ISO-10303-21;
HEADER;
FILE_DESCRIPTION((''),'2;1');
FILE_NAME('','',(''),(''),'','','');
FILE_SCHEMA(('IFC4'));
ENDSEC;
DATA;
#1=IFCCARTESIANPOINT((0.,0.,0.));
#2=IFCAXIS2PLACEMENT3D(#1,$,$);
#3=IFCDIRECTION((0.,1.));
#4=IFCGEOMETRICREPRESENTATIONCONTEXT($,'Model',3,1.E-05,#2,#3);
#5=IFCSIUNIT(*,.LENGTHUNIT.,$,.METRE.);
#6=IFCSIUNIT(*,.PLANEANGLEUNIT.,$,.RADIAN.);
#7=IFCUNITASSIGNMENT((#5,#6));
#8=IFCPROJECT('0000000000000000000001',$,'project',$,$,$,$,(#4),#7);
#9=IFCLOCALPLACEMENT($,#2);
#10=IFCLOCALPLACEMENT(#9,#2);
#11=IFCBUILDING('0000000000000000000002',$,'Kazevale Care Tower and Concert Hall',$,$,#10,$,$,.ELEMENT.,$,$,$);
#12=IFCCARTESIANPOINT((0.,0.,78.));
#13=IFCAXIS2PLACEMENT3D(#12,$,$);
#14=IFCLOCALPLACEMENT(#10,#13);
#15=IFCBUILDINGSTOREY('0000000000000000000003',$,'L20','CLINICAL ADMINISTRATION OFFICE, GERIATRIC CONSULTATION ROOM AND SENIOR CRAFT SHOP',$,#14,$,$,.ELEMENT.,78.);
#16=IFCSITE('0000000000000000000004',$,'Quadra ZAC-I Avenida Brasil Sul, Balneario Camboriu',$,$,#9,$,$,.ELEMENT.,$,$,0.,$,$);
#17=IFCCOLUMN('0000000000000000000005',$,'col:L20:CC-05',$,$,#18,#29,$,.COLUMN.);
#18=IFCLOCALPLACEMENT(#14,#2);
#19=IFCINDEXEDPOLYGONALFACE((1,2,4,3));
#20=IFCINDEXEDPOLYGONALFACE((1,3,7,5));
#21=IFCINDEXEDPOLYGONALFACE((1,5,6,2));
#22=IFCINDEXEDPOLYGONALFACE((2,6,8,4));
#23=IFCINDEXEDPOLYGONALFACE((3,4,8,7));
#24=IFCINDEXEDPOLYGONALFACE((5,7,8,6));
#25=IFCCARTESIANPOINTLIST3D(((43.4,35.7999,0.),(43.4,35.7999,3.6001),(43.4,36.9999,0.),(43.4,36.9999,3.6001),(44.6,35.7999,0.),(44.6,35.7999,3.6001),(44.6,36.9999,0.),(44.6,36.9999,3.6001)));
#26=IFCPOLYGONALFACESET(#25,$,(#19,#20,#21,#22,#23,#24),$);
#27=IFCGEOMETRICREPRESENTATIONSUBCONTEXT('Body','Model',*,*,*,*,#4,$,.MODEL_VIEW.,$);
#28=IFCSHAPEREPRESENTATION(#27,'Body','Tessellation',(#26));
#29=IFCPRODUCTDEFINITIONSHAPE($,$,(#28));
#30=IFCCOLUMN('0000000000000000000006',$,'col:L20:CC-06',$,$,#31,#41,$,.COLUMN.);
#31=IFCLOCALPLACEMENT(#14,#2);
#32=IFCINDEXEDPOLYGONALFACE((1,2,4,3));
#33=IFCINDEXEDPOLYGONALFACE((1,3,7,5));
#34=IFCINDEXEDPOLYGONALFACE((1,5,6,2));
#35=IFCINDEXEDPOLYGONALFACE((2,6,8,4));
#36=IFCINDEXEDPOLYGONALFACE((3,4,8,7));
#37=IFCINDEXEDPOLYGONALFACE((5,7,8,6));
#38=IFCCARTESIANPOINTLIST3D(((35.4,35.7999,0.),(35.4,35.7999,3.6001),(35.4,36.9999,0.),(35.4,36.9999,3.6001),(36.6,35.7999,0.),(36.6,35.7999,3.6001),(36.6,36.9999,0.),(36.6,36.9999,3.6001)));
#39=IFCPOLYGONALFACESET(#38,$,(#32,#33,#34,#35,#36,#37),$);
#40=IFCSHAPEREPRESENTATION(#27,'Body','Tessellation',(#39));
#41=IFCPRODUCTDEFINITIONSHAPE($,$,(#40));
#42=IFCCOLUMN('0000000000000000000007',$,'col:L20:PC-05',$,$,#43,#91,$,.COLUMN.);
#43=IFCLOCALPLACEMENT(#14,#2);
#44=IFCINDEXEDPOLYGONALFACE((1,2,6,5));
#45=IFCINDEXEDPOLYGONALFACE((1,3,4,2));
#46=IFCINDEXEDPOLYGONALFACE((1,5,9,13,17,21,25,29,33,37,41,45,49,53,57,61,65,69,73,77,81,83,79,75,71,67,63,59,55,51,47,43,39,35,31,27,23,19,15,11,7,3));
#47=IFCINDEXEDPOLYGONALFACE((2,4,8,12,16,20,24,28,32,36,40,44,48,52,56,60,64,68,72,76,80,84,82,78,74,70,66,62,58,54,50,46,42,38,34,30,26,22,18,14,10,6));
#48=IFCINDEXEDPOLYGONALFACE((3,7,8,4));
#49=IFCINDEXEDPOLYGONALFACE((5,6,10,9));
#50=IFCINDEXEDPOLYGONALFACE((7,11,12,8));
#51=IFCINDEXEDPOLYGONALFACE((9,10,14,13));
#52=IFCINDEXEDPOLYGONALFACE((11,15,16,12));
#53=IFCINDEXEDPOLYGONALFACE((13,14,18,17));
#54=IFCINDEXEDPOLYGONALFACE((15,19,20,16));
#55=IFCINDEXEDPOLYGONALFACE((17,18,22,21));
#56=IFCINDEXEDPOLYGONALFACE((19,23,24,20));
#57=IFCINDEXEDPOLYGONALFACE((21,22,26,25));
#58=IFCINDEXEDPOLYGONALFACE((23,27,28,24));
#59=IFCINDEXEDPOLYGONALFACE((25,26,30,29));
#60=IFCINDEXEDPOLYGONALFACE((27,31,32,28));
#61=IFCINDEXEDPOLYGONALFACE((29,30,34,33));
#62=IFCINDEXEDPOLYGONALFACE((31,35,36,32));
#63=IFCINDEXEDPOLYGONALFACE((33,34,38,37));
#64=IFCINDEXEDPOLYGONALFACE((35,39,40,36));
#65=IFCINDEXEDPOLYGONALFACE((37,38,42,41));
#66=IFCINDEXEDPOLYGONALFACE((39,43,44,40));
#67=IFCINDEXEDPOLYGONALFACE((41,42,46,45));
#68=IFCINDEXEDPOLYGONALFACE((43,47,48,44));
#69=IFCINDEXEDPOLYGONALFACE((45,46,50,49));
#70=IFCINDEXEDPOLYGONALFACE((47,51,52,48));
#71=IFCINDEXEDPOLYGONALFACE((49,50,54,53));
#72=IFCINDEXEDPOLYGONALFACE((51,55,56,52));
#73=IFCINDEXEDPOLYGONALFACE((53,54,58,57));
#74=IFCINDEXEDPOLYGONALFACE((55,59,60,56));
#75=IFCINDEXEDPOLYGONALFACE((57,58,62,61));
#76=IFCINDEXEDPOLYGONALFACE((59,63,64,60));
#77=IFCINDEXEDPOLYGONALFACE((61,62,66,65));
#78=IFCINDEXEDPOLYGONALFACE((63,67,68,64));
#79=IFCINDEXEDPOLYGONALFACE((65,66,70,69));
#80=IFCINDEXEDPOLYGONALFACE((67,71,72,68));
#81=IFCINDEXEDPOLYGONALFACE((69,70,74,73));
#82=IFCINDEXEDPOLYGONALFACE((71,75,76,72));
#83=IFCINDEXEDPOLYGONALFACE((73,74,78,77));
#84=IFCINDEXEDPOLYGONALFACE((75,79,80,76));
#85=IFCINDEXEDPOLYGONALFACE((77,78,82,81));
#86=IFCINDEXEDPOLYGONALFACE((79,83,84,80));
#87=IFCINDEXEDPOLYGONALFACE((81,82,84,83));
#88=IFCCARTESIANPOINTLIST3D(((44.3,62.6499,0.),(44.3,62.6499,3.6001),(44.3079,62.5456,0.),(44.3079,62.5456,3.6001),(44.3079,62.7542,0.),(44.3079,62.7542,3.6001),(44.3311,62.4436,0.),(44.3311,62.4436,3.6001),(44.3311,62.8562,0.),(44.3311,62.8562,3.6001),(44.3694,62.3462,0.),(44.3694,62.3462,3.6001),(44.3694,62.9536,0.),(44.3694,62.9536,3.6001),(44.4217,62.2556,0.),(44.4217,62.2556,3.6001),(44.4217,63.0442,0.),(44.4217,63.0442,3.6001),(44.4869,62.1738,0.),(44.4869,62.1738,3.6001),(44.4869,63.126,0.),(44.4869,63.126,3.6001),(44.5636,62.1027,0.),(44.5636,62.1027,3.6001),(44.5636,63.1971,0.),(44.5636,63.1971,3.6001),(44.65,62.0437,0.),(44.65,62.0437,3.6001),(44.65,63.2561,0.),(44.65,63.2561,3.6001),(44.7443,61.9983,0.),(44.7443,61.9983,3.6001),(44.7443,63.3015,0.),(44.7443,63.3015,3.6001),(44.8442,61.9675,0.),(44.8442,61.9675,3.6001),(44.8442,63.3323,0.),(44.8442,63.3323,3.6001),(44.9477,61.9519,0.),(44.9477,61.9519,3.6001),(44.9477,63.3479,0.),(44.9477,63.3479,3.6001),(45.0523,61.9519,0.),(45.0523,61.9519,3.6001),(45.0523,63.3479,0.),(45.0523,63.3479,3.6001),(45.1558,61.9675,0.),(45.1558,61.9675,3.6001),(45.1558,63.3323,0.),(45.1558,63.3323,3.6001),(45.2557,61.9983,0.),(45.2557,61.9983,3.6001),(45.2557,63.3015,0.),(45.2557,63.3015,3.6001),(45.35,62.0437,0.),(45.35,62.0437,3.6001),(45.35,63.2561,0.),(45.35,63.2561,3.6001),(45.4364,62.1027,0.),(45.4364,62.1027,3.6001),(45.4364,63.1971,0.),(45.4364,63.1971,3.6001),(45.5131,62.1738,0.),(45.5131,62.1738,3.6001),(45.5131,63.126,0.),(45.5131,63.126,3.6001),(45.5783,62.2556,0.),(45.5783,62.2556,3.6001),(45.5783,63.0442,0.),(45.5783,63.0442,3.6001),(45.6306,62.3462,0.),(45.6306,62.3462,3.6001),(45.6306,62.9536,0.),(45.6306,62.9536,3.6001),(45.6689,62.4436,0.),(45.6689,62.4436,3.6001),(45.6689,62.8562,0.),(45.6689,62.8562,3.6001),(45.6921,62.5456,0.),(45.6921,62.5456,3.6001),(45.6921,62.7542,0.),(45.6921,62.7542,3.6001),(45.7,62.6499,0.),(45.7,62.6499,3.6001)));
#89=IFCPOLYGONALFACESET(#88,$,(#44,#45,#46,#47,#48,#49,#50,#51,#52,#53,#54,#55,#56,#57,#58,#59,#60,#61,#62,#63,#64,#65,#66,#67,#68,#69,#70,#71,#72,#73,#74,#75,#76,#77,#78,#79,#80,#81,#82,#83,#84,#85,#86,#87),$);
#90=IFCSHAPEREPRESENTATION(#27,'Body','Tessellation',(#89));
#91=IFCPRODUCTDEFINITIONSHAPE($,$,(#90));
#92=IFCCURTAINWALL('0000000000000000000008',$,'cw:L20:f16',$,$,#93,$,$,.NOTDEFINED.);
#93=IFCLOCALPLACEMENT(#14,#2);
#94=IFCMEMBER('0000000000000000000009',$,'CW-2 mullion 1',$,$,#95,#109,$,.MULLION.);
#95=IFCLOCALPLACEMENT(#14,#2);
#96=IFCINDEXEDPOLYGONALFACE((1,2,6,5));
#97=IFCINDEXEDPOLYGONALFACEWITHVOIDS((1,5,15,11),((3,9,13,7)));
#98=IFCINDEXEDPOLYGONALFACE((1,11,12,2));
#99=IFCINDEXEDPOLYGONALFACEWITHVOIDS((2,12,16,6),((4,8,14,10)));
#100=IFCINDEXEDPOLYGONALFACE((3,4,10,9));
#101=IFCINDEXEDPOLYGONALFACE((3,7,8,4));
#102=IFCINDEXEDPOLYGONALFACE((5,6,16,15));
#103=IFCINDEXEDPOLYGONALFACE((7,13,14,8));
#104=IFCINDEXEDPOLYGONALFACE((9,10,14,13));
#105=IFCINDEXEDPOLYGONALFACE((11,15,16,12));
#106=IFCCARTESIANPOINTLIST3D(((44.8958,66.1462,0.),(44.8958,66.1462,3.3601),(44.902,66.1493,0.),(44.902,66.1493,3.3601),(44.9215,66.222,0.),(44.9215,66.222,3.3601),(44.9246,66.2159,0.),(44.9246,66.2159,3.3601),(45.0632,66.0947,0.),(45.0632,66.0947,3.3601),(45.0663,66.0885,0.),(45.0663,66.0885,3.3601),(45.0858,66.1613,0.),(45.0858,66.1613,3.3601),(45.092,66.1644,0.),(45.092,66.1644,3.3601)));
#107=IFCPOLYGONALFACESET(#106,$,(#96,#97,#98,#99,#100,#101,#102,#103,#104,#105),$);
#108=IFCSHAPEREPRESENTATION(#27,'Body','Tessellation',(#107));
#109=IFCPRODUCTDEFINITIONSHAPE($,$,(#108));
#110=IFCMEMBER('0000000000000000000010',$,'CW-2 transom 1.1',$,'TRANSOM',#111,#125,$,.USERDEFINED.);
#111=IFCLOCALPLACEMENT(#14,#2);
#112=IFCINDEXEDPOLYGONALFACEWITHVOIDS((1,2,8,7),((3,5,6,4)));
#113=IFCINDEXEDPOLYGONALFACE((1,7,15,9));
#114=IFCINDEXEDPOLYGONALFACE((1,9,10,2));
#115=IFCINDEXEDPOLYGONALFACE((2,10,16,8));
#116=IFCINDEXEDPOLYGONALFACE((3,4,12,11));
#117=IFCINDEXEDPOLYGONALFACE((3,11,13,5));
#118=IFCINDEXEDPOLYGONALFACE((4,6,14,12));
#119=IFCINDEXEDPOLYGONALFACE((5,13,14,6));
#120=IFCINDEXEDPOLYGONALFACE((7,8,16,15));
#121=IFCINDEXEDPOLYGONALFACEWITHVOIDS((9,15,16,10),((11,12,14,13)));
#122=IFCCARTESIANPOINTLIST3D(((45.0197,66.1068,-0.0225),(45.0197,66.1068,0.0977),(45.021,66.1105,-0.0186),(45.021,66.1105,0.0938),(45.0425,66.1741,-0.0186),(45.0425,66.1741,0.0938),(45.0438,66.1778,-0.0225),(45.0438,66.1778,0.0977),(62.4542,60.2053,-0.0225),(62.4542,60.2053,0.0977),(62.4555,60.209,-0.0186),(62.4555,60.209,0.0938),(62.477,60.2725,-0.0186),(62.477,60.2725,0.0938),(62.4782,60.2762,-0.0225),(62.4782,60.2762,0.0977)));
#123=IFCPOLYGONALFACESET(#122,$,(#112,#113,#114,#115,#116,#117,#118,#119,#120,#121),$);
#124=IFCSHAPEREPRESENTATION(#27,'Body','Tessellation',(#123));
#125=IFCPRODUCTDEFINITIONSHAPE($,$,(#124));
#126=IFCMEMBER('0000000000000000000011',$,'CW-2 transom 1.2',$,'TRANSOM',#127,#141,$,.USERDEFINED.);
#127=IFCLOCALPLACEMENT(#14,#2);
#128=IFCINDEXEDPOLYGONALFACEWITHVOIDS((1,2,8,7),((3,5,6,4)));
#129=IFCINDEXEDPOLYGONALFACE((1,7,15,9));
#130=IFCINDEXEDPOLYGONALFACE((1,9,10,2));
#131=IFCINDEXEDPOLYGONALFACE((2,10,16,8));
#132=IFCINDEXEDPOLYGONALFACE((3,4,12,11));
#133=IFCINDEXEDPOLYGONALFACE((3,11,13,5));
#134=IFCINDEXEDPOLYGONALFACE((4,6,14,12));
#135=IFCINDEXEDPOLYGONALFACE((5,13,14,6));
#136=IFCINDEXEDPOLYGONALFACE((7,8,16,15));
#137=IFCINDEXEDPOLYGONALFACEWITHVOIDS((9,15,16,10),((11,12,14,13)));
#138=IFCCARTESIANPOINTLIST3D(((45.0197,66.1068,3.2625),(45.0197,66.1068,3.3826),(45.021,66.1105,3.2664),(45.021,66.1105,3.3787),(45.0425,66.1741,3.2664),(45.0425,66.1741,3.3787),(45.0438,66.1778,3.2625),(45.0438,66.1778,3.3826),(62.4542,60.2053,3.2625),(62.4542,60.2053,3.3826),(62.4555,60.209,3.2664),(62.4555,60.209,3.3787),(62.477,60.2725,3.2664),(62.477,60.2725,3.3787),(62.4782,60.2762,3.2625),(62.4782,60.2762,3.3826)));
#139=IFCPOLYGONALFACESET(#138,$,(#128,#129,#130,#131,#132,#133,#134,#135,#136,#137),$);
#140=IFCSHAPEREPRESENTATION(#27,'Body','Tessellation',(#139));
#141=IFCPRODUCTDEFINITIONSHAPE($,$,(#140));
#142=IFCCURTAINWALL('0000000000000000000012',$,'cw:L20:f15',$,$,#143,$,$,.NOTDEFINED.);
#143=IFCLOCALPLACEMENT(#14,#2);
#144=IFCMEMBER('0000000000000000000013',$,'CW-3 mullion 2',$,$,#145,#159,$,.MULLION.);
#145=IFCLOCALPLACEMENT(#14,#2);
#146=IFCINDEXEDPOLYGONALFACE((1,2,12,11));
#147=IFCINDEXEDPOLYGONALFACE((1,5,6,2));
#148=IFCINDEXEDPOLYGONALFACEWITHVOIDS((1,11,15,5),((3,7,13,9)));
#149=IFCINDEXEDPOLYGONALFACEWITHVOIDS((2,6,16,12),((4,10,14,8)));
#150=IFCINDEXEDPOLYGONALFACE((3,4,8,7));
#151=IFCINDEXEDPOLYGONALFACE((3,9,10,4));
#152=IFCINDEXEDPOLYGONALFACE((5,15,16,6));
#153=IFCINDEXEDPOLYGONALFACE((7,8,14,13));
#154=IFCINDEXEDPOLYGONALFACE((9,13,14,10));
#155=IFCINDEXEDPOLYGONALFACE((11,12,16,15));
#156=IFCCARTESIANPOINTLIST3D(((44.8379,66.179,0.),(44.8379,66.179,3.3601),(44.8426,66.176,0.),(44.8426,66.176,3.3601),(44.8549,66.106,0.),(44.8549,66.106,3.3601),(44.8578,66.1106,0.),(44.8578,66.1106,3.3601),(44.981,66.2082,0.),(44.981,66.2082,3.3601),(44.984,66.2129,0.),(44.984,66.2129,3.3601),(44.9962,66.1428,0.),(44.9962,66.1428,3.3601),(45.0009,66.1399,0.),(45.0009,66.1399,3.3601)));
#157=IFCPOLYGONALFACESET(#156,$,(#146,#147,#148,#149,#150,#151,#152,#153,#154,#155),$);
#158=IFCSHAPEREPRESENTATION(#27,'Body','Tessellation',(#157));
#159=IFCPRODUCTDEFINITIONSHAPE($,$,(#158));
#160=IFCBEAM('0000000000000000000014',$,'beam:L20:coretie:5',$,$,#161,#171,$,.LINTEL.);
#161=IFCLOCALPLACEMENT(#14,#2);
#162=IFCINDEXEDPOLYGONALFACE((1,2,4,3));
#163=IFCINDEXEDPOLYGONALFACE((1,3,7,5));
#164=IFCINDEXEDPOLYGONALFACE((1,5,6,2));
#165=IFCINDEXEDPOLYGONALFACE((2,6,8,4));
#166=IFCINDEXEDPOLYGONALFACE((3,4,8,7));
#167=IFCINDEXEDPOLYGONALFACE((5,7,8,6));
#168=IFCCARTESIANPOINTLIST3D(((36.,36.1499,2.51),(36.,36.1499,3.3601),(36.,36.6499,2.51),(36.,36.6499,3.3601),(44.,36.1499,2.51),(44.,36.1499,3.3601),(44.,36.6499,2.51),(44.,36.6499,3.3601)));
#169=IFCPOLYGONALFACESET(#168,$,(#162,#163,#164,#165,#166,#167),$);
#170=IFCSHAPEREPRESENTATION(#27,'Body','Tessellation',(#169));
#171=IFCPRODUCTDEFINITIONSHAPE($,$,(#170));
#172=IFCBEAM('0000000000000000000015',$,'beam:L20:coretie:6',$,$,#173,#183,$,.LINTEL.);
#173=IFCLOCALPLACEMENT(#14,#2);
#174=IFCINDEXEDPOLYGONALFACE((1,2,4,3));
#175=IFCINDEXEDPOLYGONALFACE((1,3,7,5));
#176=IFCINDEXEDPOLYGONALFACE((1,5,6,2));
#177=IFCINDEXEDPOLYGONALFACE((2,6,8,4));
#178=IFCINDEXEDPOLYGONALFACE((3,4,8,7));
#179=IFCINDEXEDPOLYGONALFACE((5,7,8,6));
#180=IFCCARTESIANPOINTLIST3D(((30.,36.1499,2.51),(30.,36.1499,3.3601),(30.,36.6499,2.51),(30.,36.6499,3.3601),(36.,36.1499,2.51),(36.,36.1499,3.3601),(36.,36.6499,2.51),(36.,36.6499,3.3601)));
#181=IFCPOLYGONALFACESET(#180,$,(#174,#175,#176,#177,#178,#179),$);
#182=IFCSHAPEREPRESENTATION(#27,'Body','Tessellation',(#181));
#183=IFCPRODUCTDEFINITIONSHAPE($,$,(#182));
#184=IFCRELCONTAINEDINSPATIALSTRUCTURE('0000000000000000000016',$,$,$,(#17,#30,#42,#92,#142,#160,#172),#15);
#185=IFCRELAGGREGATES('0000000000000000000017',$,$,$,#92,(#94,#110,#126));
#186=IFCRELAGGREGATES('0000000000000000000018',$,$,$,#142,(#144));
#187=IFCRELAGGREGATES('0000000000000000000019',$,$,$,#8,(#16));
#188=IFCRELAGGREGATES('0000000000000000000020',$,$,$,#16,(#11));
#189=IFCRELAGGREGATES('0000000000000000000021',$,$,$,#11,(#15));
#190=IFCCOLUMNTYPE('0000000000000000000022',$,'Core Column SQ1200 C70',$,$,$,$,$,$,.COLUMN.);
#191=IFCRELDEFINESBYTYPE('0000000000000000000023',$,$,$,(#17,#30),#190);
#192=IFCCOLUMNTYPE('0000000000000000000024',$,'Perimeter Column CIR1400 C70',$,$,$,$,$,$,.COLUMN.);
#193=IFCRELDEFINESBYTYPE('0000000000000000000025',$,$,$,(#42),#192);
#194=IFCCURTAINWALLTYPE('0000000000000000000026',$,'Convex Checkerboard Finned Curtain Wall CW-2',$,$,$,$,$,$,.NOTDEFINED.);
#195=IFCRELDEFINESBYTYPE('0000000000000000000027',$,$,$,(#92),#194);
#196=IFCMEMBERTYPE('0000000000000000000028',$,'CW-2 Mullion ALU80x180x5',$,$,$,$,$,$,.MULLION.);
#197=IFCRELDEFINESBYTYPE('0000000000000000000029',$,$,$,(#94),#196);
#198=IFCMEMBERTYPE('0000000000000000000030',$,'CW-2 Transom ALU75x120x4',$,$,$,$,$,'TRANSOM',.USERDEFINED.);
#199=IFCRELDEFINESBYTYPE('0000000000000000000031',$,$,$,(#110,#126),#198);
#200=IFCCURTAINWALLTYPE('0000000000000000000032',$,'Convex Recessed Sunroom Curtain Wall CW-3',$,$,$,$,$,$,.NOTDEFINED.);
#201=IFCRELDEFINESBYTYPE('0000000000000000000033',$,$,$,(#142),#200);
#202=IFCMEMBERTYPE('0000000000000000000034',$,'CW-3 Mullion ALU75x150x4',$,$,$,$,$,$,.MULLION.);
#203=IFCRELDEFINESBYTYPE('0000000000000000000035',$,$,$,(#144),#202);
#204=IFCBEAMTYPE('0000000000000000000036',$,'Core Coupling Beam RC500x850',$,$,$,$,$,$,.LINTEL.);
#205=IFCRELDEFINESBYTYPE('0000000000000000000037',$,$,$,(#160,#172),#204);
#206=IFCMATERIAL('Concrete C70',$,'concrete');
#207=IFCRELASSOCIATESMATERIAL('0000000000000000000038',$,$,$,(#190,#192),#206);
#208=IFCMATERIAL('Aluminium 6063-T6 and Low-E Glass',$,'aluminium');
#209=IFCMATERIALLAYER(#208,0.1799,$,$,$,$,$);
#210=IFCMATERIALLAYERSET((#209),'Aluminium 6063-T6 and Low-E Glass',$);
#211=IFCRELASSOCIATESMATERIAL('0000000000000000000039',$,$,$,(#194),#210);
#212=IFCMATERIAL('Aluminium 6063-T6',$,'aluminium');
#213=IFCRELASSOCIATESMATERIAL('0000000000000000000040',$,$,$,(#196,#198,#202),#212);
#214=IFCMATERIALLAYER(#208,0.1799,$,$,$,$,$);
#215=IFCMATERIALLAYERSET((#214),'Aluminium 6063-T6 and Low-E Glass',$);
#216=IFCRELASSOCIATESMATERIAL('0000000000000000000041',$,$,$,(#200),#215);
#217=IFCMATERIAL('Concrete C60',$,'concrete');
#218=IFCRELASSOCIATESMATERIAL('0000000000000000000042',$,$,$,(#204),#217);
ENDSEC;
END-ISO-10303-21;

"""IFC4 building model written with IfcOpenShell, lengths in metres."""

from ifc_helpers import new_model, si_unit, direction, frame, origin, origin_2d, place, context, subcontext, project, spatial, rectangle, hollow_rectangle, circle, extrude, material, layer, layer_set, material_profile, profile_set, type_object, element, aggregate, save


model = new_model("IFC4")

# Units and contexts
model_context = context("Model", 3, precision=1e-05, world=origin(), true_north=direction((0.0, 1.0)))
body_context = subcontext(model_context, "Body", "Model", "MODEL_VIEW")
ifc_project = project(units=[si_unit("LENGTHUNIT", "METRE"), si_unit("PLANEANGLEUNIT", "RADIAN")], contexts=[model_context])

# Site, building, storey
site_placement = place(None, origin())
site = spatial("IfcSite", under=ifc_project, at=site_placement, Name="Quadra ZAC-I Avenida Brasil Sul, Balneario Camboriu", CompositionType="ELEMENT", RefElevation=0.0)
building_placement = place(site_placement, origin())
building = spatial("IfcBuilding", under=site, at=building_placement, Name="Kazevale Care Tower and Concert Hall", CompositionType="ELEMENT")
storey_placement = place(building_placement, frame((0.0, 0.0, 78.0)))
storey = spatial("IfcBuildingStorey", under=building, at=storey_placement, Name="L20", Description="CLINICAL ADMINISTRATION OFFICE, GERIATRIC CONSULTATION ROOM AND SENIOR CRAFT SHOP", CompositionType="ELEMENT", Elevation=78.0)

# Columns
ifc_material_1 = material(Name="Concrete C70", Category="concrete")
ifc_material_profile_1 = material_profile(ifc_material_1, rectangle(XDim=1.2, YDim=1.2, at=origin_2d()), Name="RC-SQ1200")
ifc_profile_set_1 = profile_set([ifc_material_profile_1], Name="Concrete C70")
column_type_1 = type_object("IfcColumnType", Name="Core Column SQ1200 C70", PredefinedType="COLUMN", material=ifc_profile_set_1)
for number, where, z_axis, x_axis, name in (
    (1, (44.0, 36.3999, 0.0), (0.0, 0.0, 1.0), (1.0, 0.0, 0.0), "col:L20:CC-05"),
    (2, (36.0, 36.3999, 0.0), (0.0, 0.0, 1.0), (1.0, 0.0, 0.0), "col:L20:CC-06"),
):
    element("IfcColumn", number, at=place(storey_placement, frame(where, z_axis=z_axis, x_axis=x_axis)), inside=storey, type_object=column_type_1, Name=name, PredefinedType="COLUMN", context=body_context, shape_type="SweptSolid", body=[
        extrude(rectangle(XDim=1.2, YDim=1.2, at=origin_2d()), origin(), (0.0, 0.0, 1.0), 3.6001),
    ])
ifc_material_profile_2 = material_profile(ifc_material_1, circle(Radius=0.7, at=origin_2d()), Name="RC-CIR1400")
ifc_profile_set_2 = profile_set([ifc_material_profile_2], Name="Concrete C70")
column_type_2 = type_object("IfcColumnType", Name="Perimeter Column CIR1400 C70", PredefinedType="COLUMN", material=ifc_profile_set_2)
column_placement = place(storey_placement, frame((45.0, 62.6499, 0.0), z_axis=(0.0, 0.0, 1.0), x_axis=(1.0, 0.0, 0.0)))
element("IfcColumn", 3, at=column_placement, inside=storey, type_object=column_type_2, Name="col:L20:PC-05", PredefinedType="COLUMN", context=body_context, shape_type="SweptSolid", body=[
    extrude(circle(Radius=0.7, at=origin_2d()), origin(), (0.0, 0.0, 1.0), 3.6001),
])

# Curtain wall, members
ifc_material_2 = material(Name="Aluminium 6063-T6 and Low-E Glass", Category="aluminium")
ifc_layer_1 = layer(ifc_material_2, 0.1799)
ifc_layer_set_1 = layer_set([ifc_layer_1], Name="Aluminium 6063-T6 and Low-E Glass")
curtain_wall_type_1 = type_object("IfcCurtainWallType", Name="Convex Checkerboard Finned Curtain Wall CW-2", PredefinedType="NOTDEFINED", material=ifc_layer_set_1)
curtain_wall_1_placement = place(storey_placement, origin())
curtain_wall_1 = element("IfcCurtainWall", 4, at=curtain_wall_1_placement, inside=storey, type_object=curtain_wall_type_1, Name="cw:L20:f16", PredefinedType="NOTDEFINED")
ifc_material_3 = material(Name="Aluminium 6063-T6", Category="aluminium")
ifc_material_profile_3 = material_profile(ifc_material_3, hollow_rectangle(XDim=0.0801, YDim=0.1799, WallThickness=0.0049, at=origin_2d()), Name="ALU80x180x5")
ifc_profile_set_3 = profile_set([ifc_material_profile_3], Name="Aluminium 6063-T6")
member_type_1 = type_object("IfcMemberType", Name="CW-2 Mullion ALU80x180x5", PredefinedType="MULLION", material=ifc_profile_set_3)
member_1_placement = place(storey_placement, frame((44.9939, 66.1553, 0.0), z_axis=(0.0, 0.0, 1.0), x_axis=(0.320636, 0.947203, 0.0)))
member_1 = element("IfcMember", 5, at=member_1_placement, type_object=member_type_1, Name="CW-2 mullion 1", PredefinedType="MULLION", context=body_context, shape_type="SweptSolid", body=[
    extrude(hollow_rectangle(XDim=0.0801, YDim=0.1799, WallThickness=0.0049, at=origin_2d()), origin(), (0.0, 0.0, 1.0), 3.3601),
])
ifc_material_profile_4 = material_profile(ifc_material_3, hollow_rectangle(XDim=0.075, YDim=0.1201, WallThickness=0.0039, at=origin_2d()), Name="ALU75x120x4")
ifc_profile_set_4 = profile_set([ifc_material_profile_4], Name="Aluminium 6063-T6")
member_type_2 = type_object("IfcMemberType", Name="CW-2 Transom ALU75x120x4", ElementType="TRANSOM", PredefinedType="USERDEFINED", material=ifc_profile_set_4)
member_2_placement = place(storey_placement, frame((45.0317, 66.1423, 0.0376), z_axis=(0.947205, -0.320629, 0.0), x_axis=(0.320629, 0.947205, 0.0)))
member_2 = element("IfcMember", 6, at=member_2_placement, type_object=member_type_2, Name="CW-2 transom 1.1", ObjectType="TRANSOM", PredefinedType="USERDEFINED", context=body_context, shape_type="SweptSolid", body=[
    extrude(hollow_rectangle(XDim=0.075, YDim=0.1201, WallThickness=0.0039, at=origin_2d()), origin(), (0.0, 0.0, 1.0), 18.4062),
])
member_3_placement = place(storey_placement, frame((45.0317, 66.1423, 3.3225), z_axis=(0.947205, -0.320629, 0.0), x_axis=(0.320629, 0.947205, 0.0)))
member_3 = element("IfcMember", 7, at=member_3_placement, type_object=member_type_2, Name="CW-2 transom 1.2", ObjectType="TRANSOM", PredefinedType="USERDEFINED", context=body_context, shape_type="SweptSolid", body=[
    extrude(hollow_rectangle(XDim=0.075, YDim=0.1201, WallThickness=0.0039, at=origin_2d()), origin(), (0.0, 0.0, 1.0), 18.4062),
])
aggregate(curtain_wall_1, [member_1, member_2, member_3])

# Curtain wall, member
ifc_layer_2 = layer(ifc_material_2, 0.1799)
ifc_layer_set_2 = layer_set([ifc_layer_2], Name="Aluminium 6063-T6 and Low-E Glass")
curtain_wall_type_2 = type_object("IfcCurtainWallType", Name="Convex Recessed Sunroom Curtain Wall CW-3", PredefinedType="NOTDEFINED", material=ifc_layer_set_2)
curtain_wall_2_placement = place(storey_placement, origin())
curtain_wall_2 = element("IfcCurtainWall", 8, at=curtain_wall_2_placement, inside=storey, type_object=curtain_wall_type_2, Name="cw:L20:f15", PredefinedType="NOTDEFINED")
ifc_material_profile_5 = material_profile(ifc_material_3, hollow_rectangle(XDim=0.075, YDim=0.1499, WallThickness=0.0039, at=origin_2d()), Name="ALU75x150x4")
ifc_profile_set_5 = profile_set([ifc_material_profile_5], Name="Aluminium 6063-T6")
member_type_3 = type_object("IfcMemberType", Name="CW-3 Mullion ALU75x150x4", PredefinedType="MULLION", material=ifc_profile_set_5)
member_4_placement = place(storey_placement, frame((44.9194, 66.1594, 0.0), z_axis=(0.0, 0.0, 1.0), x_axis=(-0.226287, 0.974061, 0.0)))
member_4 = element("IfcMember", 9, at=member_4_placement, type_object=member_type_3, Name="CW-3 mullion 2", PredefinedType="MULLION", context=body_context, shape_type="SweptSolid", body=[
    extrude(hollow_rectangle(XDim=0.075, YDim=0.1499, WallThickness=0.0039, at=origin_2d()), origin(), (0.0, 0.0, 1.0), 3.3601),
])

# Beams
ifc_material_4 = material(Name="Concrete C60", Category="concrete")
ifc_material_profile_6 = material_profile(ifc_material_4, rectangle(XDim=0.5, YDim=0.8501, at=origin_2d()), Name="RC-B500x850")
ifc_profile_set_6 = profile_set([ifc_material_profile_6], Name="Concrete C60")
beam_type_1 = type_object("IfcBeamType", Name="Core Coupling Beam RC500x850", PredefinedType="LINTEL", material=ifc_profile_set_6)
beam_1_placement = place(storey_placement, frame((44.0, 36.3999, 2.9351), z_axis=(-1.0, 0.0, 0.0), x_axis=(0.0, -1.0, 0.0)))
element("IfcBeam", 10, at=beam_1_placement, inside=storey, type_object=beam_type_1, Name="beam:L20:coretie:5", PredefinedType="LINTEL", context=body_context, shape_type="SweptSolid", body=[
    extrude(rectangle(XDim=0.5, YDim=0.8501, at=origin_2d()), origin(), (0.0, 0.0, 1.0), 8.0),
])
beam_2_placement = place(storey_placement, frame((36.0, 36.3999, 2.9351), z_axis=(-1.0, 0.0, 0.0), x_axis=(0.0, -1.0, 0.0)))
element("IfcBeam", 11, at=beam_2_placement, inside=storey, type_object=beam_type_1, Name="beam:L20:coretie:6", PredefinedType="LINTEL", context=body_context, shape_type="SweptSolid", body=[
    extrude(rectangle(XDim=0.5, YDim=0.8501, at=origin_2d()), origin(), (0.0, 0.0, 1.0), 6.0),
])

aggregate(curtain_wall_2, [member_4])

save(model, "model.ifc")
